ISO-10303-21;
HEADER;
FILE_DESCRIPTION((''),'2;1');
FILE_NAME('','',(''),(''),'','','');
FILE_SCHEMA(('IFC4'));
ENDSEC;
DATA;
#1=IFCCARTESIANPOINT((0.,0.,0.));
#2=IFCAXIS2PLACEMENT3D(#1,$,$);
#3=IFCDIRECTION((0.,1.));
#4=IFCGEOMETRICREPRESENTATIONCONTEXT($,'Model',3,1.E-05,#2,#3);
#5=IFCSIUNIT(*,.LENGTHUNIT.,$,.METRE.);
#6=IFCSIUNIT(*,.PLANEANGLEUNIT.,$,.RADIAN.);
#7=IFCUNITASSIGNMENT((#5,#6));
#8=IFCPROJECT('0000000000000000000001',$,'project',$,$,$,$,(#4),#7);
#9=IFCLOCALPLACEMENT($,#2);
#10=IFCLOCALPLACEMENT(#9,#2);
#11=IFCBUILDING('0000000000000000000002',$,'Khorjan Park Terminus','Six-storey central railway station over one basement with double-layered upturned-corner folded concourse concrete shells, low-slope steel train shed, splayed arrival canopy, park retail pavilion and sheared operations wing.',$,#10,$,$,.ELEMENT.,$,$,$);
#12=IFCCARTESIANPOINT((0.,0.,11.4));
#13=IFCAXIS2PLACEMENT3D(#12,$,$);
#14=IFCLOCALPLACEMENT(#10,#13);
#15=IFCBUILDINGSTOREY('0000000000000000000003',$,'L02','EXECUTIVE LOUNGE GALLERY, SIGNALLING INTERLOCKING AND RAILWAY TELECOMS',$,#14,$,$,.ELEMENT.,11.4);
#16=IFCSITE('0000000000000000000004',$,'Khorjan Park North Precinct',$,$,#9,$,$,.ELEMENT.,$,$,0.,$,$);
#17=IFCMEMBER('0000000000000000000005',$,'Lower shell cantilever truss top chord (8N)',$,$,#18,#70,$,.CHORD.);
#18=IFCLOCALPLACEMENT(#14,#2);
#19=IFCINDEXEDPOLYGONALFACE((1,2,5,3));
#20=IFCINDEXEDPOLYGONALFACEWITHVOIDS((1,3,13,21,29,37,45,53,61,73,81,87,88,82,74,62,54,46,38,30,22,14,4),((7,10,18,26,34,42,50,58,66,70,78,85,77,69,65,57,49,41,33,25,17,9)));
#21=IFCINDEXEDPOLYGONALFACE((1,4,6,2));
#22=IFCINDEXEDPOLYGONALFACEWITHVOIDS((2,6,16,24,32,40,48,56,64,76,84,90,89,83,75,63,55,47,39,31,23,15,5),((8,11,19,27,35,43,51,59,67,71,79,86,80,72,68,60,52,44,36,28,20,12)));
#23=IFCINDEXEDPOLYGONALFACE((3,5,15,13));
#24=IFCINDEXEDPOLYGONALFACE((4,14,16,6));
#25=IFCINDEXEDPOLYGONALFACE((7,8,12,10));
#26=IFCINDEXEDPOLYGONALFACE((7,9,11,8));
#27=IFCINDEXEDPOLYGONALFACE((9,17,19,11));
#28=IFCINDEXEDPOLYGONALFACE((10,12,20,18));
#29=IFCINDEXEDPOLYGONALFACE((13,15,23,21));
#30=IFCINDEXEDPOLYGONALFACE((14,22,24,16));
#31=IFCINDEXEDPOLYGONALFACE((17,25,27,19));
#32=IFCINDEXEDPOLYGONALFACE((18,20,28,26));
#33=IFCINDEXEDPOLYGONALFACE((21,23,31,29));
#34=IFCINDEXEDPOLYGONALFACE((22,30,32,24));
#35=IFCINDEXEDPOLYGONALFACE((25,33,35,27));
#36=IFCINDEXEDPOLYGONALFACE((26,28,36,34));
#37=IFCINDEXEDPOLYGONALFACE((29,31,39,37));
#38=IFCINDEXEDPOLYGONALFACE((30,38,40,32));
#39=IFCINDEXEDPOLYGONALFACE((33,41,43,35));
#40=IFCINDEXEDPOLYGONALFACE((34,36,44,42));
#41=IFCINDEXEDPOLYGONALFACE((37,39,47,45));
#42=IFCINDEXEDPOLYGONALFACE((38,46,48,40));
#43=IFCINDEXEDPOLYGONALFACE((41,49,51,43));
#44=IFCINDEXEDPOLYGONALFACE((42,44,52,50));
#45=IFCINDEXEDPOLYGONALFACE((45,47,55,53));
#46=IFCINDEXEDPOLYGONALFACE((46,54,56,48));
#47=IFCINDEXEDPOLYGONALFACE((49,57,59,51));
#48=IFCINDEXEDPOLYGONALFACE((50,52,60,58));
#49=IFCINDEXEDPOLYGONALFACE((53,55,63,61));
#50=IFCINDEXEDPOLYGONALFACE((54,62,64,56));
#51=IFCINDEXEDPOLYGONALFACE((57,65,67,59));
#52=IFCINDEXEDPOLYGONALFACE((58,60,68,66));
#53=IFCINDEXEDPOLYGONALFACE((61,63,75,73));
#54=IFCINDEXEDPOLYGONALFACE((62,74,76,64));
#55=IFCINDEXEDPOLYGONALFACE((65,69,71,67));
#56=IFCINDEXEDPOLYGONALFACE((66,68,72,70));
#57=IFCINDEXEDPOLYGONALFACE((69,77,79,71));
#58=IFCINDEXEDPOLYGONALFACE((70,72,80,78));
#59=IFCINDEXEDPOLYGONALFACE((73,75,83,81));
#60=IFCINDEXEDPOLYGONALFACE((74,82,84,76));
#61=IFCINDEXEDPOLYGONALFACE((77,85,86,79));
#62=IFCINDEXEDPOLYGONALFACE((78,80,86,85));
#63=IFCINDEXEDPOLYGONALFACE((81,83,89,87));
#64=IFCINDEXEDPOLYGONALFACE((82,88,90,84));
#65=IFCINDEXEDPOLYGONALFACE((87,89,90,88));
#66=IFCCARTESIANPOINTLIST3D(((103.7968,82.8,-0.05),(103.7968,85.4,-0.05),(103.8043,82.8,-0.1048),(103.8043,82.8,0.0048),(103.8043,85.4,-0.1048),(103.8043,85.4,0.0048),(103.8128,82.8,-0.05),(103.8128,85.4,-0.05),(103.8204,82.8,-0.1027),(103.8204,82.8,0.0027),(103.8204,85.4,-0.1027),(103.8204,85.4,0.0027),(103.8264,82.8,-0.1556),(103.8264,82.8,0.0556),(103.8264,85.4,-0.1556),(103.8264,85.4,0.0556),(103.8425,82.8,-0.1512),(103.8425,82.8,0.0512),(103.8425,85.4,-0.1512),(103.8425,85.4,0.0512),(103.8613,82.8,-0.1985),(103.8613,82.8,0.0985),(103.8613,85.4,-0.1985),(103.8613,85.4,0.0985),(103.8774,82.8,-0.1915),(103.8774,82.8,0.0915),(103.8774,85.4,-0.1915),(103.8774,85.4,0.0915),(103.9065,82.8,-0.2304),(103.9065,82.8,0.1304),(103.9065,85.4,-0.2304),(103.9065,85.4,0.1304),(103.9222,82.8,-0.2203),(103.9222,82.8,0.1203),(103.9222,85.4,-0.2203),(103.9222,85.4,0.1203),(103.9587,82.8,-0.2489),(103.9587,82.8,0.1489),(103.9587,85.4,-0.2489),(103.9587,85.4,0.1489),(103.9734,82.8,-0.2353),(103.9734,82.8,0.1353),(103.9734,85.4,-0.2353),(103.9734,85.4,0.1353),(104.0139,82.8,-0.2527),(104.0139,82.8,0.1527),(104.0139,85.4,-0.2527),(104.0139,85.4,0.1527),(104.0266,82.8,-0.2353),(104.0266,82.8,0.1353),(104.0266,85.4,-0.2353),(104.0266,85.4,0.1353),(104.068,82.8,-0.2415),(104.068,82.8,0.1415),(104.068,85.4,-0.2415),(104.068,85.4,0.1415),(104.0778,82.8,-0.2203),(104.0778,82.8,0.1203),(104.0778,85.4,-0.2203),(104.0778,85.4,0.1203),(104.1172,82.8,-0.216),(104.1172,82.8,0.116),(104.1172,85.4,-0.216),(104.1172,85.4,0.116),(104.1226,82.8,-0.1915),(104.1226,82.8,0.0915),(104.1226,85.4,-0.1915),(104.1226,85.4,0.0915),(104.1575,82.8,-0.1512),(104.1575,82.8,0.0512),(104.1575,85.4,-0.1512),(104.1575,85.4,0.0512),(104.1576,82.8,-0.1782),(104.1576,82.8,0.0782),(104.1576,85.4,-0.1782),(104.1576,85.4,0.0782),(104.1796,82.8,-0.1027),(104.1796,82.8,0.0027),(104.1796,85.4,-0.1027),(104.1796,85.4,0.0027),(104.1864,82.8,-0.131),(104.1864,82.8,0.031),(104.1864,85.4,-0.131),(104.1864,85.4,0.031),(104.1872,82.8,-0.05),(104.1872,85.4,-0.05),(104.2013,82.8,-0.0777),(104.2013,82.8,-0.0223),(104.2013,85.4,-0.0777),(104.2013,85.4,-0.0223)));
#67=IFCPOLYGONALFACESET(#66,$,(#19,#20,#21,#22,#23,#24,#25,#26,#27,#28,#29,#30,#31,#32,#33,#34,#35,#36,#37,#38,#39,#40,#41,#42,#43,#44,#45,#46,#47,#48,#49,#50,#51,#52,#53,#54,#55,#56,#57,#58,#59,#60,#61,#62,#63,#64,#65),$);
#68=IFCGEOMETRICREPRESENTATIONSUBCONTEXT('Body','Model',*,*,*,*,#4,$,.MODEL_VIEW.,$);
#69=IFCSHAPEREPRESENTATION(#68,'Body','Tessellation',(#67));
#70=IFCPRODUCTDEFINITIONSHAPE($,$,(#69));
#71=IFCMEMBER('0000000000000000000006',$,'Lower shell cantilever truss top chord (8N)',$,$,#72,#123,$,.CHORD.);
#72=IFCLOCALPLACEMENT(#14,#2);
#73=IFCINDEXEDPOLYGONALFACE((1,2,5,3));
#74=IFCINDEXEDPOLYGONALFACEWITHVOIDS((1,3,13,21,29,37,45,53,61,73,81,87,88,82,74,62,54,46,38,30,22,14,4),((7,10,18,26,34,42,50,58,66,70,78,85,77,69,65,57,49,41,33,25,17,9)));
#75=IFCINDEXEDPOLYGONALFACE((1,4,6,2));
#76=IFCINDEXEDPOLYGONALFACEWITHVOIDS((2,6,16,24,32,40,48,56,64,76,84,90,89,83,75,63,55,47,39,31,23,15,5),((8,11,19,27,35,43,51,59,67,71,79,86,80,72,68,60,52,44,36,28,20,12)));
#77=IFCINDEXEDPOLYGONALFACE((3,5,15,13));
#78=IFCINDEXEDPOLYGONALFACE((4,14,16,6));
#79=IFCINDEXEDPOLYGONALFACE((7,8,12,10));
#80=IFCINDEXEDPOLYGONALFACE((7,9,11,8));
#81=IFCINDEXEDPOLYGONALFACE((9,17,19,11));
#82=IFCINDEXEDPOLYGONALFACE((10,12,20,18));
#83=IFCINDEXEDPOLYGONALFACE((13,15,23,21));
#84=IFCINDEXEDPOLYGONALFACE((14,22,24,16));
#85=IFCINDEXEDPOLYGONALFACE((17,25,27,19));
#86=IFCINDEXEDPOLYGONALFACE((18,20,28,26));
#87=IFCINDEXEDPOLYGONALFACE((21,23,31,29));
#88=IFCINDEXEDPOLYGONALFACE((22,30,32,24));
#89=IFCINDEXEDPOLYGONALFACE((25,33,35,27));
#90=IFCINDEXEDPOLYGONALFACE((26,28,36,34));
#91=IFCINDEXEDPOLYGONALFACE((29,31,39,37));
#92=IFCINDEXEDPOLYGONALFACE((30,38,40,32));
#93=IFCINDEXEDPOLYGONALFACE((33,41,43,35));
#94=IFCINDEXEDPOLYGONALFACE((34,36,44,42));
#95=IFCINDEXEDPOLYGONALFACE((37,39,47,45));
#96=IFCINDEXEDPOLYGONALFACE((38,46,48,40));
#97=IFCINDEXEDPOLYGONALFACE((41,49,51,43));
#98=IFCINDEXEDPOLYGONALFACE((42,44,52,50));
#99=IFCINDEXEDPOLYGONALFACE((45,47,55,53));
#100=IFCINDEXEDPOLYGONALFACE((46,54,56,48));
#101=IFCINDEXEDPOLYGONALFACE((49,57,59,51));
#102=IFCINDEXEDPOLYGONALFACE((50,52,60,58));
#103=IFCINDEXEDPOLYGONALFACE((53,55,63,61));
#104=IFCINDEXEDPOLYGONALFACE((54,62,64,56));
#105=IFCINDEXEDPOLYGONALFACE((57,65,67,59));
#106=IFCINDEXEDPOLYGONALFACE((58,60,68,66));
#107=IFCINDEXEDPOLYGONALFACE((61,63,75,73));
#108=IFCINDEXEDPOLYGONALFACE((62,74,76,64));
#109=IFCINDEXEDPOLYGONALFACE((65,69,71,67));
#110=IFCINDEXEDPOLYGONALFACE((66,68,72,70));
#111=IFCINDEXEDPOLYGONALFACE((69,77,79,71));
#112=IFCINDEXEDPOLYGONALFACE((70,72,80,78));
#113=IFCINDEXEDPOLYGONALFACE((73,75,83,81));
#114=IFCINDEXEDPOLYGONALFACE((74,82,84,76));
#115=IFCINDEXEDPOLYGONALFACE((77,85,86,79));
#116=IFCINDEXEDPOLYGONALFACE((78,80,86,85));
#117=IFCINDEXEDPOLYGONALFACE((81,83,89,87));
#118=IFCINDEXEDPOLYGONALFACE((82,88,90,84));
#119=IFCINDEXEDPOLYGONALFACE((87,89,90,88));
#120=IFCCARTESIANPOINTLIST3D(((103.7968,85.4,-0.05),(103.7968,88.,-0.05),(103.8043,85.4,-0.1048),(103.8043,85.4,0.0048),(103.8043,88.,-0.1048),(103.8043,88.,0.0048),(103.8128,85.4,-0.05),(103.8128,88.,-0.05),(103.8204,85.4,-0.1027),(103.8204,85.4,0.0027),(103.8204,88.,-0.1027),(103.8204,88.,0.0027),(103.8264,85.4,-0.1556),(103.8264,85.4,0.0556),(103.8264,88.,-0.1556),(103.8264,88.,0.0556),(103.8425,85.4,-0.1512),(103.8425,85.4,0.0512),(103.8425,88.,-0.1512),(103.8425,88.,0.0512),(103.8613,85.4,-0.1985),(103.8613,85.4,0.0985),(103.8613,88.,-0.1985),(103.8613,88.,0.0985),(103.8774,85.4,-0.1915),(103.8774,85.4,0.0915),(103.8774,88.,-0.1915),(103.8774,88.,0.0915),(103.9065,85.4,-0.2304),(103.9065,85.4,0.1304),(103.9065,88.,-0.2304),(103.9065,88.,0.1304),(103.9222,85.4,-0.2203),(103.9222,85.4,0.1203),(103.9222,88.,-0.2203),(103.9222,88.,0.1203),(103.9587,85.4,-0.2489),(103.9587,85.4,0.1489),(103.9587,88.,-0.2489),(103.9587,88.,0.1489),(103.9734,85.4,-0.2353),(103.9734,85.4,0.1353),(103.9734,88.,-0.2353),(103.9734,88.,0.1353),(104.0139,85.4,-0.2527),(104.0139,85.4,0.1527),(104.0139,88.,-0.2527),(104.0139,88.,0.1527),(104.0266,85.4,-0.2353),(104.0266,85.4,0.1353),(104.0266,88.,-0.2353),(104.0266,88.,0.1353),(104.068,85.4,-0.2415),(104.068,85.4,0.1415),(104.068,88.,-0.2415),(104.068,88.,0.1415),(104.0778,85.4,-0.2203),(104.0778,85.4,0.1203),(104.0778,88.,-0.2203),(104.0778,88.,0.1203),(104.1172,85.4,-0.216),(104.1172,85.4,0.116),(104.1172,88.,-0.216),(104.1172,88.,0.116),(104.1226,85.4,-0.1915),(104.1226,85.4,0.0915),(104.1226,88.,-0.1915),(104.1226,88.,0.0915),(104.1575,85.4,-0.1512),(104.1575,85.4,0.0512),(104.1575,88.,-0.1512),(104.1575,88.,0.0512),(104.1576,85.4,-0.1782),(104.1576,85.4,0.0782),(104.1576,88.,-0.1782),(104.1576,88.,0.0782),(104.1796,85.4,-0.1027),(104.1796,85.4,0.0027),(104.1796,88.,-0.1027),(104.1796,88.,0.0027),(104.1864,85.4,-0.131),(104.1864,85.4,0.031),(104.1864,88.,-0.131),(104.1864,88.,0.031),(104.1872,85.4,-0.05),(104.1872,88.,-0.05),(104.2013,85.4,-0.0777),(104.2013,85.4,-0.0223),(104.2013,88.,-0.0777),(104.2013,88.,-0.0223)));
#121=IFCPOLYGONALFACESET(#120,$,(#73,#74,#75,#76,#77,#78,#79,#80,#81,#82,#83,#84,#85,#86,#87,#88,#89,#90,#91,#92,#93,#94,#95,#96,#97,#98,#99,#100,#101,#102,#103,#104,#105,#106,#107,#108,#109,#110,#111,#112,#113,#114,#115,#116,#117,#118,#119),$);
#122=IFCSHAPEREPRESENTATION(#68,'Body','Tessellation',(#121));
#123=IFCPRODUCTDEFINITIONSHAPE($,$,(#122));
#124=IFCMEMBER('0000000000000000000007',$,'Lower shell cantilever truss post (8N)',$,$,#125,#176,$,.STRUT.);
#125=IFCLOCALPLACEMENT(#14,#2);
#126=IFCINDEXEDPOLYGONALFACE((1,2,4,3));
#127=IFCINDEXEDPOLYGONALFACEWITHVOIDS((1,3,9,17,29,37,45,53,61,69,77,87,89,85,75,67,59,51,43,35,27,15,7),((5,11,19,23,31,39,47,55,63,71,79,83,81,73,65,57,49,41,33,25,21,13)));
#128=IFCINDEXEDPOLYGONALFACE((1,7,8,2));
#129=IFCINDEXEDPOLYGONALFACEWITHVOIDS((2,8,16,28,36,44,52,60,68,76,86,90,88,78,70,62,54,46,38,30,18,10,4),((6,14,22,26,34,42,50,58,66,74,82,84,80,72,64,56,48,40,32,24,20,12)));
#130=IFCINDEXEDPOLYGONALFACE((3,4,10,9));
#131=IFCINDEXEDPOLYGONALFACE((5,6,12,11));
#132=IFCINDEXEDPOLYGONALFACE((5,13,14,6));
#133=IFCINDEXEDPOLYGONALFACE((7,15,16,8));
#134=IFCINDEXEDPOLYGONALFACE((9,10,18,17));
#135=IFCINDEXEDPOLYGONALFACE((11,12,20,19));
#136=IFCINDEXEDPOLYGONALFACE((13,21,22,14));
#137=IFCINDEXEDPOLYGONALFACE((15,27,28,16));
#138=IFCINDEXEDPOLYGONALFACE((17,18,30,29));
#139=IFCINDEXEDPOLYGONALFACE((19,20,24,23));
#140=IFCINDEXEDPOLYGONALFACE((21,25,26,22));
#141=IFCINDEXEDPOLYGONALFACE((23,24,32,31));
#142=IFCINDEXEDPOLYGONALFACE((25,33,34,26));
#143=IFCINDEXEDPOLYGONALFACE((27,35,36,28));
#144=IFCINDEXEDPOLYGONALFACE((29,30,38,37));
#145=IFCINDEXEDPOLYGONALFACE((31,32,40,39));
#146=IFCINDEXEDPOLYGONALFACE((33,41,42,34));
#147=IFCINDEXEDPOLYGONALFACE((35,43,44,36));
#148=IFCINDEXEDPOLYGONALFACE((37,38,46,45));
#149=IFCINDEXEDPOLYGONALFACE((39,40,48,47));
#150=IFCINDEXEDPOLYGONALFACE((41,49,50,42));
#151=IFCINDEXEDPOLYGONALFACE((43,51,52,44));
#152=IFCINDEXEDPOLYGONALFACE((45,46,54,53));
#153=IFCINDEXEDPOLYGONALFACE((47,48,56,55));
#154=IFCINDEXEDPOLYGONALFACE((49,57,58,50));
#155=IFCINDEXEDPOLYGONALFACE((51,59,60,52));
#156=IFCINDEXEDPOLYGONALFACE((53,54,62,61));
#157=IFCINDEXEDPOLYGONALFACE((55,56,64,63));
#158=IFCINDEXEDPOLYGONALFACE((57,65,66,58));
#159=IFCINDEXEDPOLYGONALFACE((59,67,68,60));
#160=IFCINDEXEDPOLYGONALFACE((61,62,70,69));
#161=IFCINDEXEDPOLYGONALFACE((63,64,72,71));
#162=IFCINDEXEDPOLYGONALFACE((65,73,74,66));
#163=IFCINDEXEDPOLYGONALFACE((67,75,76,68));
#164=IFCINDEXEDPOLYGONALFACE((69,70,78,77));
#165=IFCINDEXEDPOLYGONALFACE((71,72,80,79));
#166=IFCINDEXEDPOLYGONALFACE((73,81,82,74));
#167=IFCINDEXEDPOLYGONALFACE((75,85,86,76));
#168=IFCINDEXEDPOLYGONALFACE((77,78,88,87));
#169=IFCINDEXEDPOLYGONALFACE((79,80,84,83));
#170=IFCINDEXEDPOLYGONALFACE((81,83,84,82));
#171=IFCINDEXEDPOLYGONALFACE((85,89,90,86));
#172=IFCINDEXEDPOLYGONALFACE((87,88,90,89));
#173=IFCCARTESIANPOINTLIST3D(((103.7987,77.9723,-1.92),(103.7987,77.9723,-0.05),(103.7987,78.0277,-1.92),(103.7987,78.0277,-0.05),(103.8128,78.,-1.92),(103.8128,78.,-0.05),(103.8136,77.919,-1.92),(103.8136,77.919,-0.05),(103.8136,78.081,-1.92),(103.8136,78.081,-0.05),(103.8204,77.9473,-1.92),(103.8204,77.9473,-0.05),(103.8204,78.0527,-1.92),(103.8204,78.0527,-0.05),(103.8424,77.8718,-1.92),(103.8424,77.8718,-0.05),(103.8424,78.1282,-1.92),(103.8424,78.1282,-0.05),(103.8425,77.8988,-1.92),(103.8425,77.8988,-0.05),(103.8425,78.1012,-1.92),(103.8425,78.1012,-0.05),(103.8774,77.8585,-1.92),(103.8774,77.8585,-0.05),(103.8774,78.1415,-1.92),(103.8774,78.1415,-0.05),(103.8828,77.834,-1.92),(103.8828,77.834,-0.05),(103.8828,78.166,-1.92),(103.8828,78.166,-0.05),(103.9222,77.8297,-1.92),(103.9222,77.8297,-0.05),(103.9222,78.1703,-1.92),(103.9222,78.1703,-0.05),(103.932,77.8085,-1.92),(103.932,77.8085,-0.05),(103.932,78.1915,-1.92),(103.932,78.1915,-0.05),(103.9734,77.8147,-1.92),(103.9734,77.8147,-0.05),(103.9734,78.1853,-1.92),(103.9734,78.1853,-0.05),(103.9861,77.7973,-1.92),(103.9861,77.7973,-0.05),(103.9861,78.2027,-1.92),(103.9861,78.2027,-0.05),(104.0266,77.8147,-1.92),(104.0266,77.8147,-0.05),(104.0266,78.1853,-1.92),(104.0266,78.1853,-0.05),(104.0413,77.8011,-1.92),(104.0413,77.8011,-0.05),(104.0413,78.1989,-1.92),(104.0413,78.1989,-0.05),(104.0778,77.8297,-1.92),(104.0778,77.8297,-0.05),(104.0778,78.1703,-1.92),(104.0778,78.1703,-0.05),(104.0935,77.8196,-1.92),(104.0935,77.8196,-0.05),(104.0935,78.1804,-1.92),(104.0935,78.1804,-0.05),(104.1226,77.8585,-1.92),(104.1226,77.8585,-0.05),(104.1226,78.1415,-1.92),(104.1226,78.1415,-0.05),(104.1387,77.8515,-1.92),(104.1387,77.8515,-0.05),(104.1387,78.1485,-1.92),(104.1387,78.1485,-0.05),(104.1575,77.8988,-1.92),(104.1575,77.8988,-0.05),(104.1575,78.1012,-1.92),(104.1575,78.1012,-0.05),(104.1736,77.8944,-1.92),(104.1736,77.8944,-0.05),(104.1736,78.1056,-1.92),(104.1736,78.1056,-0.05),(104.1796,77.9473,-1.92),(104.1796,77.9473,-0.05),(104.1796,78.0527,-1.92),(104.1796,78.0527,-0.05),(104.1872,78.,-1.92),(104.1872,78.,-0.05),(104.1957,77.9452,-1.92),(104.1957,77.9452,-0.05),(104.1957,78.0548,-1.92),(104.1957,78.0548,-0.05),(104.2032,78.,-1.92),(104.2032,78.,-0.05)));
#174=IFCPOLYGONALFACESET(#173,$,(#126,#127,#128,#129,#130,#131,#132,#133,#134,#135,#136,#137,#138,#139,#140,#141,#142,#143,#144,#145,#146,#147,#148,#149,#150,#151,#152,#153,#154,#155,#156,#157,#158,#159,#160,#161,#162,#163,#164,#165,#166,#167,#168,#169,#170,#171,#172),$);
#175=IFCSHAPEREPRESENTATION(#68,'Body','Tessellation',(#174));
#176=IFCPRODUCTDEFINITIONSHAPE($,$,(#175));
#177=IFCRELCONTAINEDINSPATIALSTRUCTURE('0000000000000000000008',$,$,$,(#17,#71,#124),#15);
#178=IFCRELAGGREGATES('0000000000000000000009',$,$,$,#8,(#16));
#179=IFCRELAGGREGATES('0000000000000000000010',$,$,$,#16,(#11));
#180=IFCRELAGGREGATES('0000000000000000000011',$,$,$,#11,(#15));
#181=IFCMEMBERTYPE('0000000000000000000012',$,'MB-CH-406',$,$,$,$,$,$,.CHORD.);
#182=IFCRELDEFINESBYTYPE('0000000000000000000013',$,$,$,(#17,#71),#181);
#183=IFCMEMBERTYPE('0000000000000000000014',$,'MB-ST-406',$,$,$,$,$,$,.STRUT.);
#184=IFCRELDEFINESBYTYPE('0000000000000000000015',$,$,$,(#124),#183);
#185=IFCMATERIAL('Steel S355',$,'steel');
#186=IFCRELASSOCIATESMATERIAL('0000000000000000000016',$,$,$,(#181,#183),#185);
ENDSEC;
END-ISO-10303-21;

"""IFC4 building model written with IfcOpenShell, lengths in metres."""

from ifc_helpers import new_model, si_unit, direction, frame, origin, origin_2d, place, context, subcontext, project, spatial, hollow_circle, extrude, material, material_profile, profile_set, type_object, element, save


model = new_model("IFC4")

# Units and contexts
model_context = context("Model", 3, precision=1e-05, world=origin(), true_north=direction((0.0, 1.0)))
body_context = subcontext(model_context, "Body", "Model", "MODEL_VIEW")
ifc_project = project(units=[si_unit("LENGTHUNIT", "METRE"), si_unit("PLANEANGLEUNIT", "RADIAN")], contexts=[model_context])

# Site, building, storey
site_placement = place(None, origin())
site = spatial("IfcSite", under=ifc_project, at=site_placement, Name="Khorjan Park North Precinct", CompositionType="ELEMENT", RefElevation=0.0)
building_placement = place(site_placement, origin())
building = spatial("IfcBuilding", under=site, at=building_placement, Name="Khorjan Park Terminus", Description="Six-storey central railway station over one basement with double-layered upturned-corner folded concourse concrete shells, low-slope steel train shed, splayed arrival canopy, park retail pavilion and sheared operations wing.", CompositionType="ELEMENT")
storey_placement = place(building_placement, frame((0.0, 0.0, 11.4)))
storey = spatial("IfcBuildingStorey", under=building, at=storey_placement, Name="L02", Description="EXECUTIVE LOUNGE GALLERY, SIGNALLING INTERLOCKING AND RAILWAY TELECOMS", CompositionType="ELEMENT", Elevation=11.4)

# Shared definitions
ifc_material_1 = material(Name="Steel S355", Category="steel")

# Members
ifc_material_profile_1 = material_profile(ifc_material_1, hollow_circle(Radius=0.2032, WallThickness=0.016, at=origin_2d()), Name="CHS 406.4x16")
ifc_profile_set_1 = profile_set([ifc_material_profile_1], Name="Steel S355")
member_type_1 = type_object("IfcMemberType", Name="MB-CH-406", PredefinedType="CHORD", material=ifc_profile_set_1)
for number, where, z_axis, x_axis, name in (
    (1, (104.0, 82.8, -0.05), (0.0, 1.0, 0.0), (-1.0, 0.0, 0.0), "Lower shell cantilever truss top chord (8N)"),
    (2, (104.0, 85.4, -0.05), (0.0, 1.0, 0.0), (-1.0, 0.0, 0.0), "Lower shell cantilever truss top chord (8N)"),
):
    element("IfcMember", number, at=place(storey_placement, frame(where, z_axis=z_axis, x_axis=x_axis)), inside=storey, type_object=member_type_1, Name=name, PredefinedType="CHORD", context=body_context, shape_type="SweptSolid", body=[
        extrude(hollow_circle(Radius=0.2032, WallThickness=0.016, at=origin_2d()), origin(), (0.0, 0.0, 1.0), 2.6),
    ])
ifc_material_profile_2 = material_profile(ifc_material_1, hollow_circle(Radius=0.2032, WallThickness=0.016, at=origin_2d()), Name="CHS 406.4x16")
ifc_profile_set_2 = profile_set([ifc_material_profile_2], Name="Steel S355")
member_type_2 = type_object("IfcMemberType", Name="MB-ST-406", PredefinedType="STRUT", material=ifc_profile_set_2)
for number, where, z_axis, x_axis, name in (
    (3, (104.0, 78.0, -1.92), (0.0, 0.0, 1.0), (1.0, 0.0, 0.0), "Lower shell cantilever truss post (8N)"),
):
    element("IfcMember", number, at=place(storey_placement, frame(where, z_axis=z_axis, x_axis=x_axis)), inside=storey, type_object=member_type_2, Name=name, PredefinedType="STRUT", context=body_context, shape_type="SweptSolid", body=[
        extrude(hollow_circle(Radius=0.2032, WallThickness=0.016, at=origin_2d()), origin(), (0.0, 0.0, 1.0), 1.87),
    ])

save(model, "model.ifc")
